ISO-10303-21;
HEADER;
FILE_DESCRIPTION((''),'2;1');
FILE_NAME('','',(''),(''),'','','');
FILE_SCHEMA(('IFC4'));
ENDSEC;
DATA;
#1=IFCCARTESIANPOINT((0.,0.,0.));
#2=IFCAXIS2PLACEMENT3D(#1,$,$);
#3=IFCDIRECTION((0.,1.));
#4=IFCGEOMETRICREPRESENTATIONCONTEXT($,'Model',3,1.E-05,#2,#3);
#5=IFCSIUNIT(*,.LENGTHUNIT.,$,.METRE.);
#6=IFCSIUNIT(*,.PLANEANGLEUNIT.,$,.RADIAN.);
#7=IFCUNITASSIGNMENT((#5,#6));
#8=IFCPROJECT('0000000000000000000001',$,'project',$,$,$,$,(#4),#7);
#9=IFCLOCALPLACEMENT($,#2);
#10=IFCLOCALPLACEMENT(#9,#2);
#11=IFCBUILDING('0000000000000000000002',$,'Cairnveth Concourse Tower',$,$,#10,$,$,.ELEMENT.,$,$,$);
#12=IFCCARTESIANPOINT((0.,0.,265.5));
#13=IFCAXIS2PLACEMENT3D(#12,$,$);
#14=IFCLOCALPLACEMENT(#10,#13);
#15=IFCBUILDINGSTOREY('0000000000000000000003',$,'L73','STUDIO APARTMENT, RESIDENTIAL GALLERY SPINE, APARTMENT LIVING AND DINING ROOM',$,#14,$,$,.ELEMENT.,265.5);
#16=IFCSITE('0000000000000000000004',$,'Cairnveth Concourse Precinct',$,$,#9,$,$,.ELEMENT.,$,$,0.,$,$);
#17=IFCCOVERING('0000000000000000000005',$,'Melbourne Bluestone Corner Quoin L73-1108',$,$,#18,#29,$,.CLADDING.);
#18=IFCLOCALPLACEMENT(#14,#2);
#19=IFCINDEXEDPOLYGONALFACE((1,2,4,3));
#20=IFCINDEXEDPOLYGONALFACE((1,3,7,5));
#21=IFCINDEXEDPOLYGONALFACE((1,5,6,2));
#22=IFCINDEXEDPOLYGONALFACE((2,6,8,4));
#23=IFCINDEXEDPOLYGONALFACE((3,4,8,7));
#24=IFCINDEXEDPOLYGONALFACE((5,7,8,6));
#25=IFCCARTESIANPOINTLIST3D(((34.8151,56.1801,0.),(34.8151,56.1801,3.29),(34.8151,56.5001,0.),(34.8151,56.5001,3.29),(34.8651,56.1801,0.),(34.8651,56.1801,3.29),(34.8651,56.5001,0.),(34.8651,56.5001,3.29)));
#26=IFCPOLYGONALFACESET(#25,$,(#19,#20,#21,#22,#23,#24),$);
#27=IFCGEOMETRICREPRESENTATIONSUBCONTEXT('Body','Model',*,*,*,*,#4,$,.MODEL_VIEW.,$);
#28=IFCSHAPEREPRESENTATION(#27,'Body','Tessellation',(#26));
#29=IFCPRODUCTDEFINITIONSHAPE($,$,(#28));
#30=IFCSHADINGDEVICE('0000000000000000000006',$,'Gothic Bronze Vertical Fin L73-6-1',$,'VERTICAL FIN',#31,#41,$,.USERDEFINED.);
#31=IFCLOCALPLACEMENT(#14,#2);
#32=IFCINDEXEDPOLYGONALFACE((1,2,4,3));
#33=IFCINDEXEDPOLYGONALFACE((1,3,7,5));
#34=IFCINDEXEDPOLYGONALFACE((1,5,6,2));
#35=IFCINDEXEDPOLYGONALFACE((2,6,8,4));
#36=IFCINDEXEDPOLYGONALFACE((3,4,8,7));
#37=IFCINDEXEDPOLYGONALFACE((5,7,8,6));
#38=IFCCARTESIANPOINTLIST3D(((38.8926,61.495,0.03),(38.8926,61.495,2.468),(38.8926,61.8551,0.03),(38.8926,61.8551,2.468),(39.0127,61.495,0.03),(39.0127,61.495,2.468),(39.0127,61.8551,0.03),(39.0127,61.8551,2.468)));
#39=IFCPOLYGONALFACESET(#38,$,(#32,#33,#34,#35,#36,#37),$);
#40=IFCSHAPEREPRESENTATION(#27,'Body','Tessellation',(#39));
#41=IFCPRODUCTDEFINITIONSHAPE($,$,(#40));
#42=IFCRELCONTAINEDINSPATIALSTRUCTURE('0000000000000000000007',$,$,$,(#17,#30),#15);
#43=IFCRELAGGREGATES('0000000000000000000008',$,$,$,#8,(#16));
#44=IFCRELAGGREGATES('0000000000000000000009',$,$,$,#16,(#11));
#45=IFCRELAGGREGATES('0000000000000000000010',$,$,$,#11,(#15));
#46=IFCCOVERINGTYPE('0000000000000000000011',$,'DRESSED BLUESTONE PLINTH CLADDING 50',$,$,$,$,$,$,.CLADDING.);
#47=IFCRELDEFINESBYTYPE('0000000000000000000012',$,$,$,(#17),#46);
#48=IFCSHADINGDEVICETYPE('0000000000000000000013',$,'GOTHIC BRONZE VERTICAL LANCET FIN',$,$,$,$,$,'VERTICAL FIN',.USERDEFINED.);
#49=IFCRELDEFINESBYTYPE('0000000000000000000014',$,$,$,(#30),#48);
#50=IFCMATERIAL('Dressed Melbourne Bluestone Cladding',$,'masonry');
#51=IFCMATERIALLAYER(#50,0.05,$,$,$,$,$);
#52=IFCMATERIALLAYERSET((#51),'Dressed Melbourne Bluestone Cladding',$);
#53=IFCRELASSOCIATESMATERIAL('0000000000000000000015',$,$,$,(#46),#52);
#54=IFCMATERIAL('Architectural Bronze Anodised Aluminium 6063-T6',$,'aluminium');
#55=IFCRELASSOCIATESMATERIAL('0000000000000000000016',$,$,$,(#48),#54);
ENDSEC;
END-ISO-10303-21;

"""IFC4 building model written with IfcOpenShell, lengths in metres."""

from ifc_helpers import new_model, si_unit, direction, frame, frame_2d, origin, origin_2d, place, context, subcontext, project, spatial, rectangle, extrude, material, layer, layer_set, type_object, element, save


model = new_model("IFC4")

# Units and contexts
model_context = context("Model", 3, precision=1e-05, world=origin(), true_north=direction((0.0, 1.0)))
body_context = subcontext(model_context, "Body", "Model", "MODEL_VIEW")
ifc_project = project(units=[si_unit("LENGTHUNIT", "METRE"), si_unit("PLANEANGLEUNIT", "RADIAN")], contexts=[model_context])

# Site, building, storey
site_placement = place(None, origin())
site = spatial("IfcSite", under=ifc_project, at=site_placement, Name="Cairnveth Concourse Precinct", CompositionType="ELEMENT", RefElevation=0.0)
building_placement = place(site_placement, origin())
building = spatial("IfcBuilding", under=site, at=building_placement, Name="Cairnveth Concourse Tower", CompositionType="ELEMENT")
storey_placement = place(building_placement, frame((0.0, 0.0, 265.5)))
storey = spatial("IfcBuildingStorey", under=building, at=storey_placement, Name="L73", Description="STUDIO APARTMENT, RESIDENTIAL GALLERY SPINE, APARTMENT LIVING AND DINING ROOM", CompositionType="ELEMENT", Elevation=265.5)

# Covering
ifc_material_1 = material(Name="Dressed Melbourne Bluestone Cladding", Category="masonry")
ifc_layer_1 = layer(ifc_material_1, 0.05)
ifc_layer_set_1 = layer_set([ifc_layer_1], Name="Dressed Melbourne Bluestone Cladding")
covering_type = type_object("IfcCoveringType", Name="DRESSED BLUESTONE PLINTH CLADDING 50", PredefinedType="CLADDING", material=ifc_layer_set_1)
covering_placement = place(storey_placement, frame((34.8401, 56.1799, 0.0), z_axis=(0.0, 0.0, 1.0), x_axis=(0.0, 1.0, 0.0)))
element("IfcCovering", 1, at=covering_placement, inside=storey, type_object=covering_type, Name="Melbourne Bluestone Corner Quoin L73-1108", PredefinedType="CLADDING", context=body_context, shape_type="SweptSolid", body=[
    extrude(rectangle(XDim=0.3201, YDim=0.05, at=frame_2d((0.1602, 0.0))), origin(), (0.0, 0.0, 1.0), 3.29),
])

# Shading device
ifc_material_2 = material(Name="Architectural Bronze Anodised Aluminium 6063-T6", Category="aluminium")
shading_device_type = type_object("IfcShadingDeviceType", Name="GOTHIC BRONZE VERTICAL LANCET FIN", ElementType="VERTICAL FIN", PredefinedType="USERDEFINED", material=ifc_material_2)
shading_device_placement = place(storey_placement, frame((38.9526, 61.675, 0.03), z_axis=(0.0, 0.0, 1.0), x_axis=(1.0, 0.0, 0.0)))
element("IfcShadingDevice", 2, at=shading_device_placement, inside=storey, type_object=shading_device_type, Name="Gothic Bronze Vertical Fin L73-6-1", ObjectType="VERTICAL FIN", PredefinedType="USERDEFINED", context=body_context, shape_type="SweptSolid", body=[
    extrude(rectangle(XDim=0.1201, YDim=0.3601, at=origin_2d()), origin(), (0.0, 0.0, 1.0), 2.438),
])

save(model, "model.ifc")
